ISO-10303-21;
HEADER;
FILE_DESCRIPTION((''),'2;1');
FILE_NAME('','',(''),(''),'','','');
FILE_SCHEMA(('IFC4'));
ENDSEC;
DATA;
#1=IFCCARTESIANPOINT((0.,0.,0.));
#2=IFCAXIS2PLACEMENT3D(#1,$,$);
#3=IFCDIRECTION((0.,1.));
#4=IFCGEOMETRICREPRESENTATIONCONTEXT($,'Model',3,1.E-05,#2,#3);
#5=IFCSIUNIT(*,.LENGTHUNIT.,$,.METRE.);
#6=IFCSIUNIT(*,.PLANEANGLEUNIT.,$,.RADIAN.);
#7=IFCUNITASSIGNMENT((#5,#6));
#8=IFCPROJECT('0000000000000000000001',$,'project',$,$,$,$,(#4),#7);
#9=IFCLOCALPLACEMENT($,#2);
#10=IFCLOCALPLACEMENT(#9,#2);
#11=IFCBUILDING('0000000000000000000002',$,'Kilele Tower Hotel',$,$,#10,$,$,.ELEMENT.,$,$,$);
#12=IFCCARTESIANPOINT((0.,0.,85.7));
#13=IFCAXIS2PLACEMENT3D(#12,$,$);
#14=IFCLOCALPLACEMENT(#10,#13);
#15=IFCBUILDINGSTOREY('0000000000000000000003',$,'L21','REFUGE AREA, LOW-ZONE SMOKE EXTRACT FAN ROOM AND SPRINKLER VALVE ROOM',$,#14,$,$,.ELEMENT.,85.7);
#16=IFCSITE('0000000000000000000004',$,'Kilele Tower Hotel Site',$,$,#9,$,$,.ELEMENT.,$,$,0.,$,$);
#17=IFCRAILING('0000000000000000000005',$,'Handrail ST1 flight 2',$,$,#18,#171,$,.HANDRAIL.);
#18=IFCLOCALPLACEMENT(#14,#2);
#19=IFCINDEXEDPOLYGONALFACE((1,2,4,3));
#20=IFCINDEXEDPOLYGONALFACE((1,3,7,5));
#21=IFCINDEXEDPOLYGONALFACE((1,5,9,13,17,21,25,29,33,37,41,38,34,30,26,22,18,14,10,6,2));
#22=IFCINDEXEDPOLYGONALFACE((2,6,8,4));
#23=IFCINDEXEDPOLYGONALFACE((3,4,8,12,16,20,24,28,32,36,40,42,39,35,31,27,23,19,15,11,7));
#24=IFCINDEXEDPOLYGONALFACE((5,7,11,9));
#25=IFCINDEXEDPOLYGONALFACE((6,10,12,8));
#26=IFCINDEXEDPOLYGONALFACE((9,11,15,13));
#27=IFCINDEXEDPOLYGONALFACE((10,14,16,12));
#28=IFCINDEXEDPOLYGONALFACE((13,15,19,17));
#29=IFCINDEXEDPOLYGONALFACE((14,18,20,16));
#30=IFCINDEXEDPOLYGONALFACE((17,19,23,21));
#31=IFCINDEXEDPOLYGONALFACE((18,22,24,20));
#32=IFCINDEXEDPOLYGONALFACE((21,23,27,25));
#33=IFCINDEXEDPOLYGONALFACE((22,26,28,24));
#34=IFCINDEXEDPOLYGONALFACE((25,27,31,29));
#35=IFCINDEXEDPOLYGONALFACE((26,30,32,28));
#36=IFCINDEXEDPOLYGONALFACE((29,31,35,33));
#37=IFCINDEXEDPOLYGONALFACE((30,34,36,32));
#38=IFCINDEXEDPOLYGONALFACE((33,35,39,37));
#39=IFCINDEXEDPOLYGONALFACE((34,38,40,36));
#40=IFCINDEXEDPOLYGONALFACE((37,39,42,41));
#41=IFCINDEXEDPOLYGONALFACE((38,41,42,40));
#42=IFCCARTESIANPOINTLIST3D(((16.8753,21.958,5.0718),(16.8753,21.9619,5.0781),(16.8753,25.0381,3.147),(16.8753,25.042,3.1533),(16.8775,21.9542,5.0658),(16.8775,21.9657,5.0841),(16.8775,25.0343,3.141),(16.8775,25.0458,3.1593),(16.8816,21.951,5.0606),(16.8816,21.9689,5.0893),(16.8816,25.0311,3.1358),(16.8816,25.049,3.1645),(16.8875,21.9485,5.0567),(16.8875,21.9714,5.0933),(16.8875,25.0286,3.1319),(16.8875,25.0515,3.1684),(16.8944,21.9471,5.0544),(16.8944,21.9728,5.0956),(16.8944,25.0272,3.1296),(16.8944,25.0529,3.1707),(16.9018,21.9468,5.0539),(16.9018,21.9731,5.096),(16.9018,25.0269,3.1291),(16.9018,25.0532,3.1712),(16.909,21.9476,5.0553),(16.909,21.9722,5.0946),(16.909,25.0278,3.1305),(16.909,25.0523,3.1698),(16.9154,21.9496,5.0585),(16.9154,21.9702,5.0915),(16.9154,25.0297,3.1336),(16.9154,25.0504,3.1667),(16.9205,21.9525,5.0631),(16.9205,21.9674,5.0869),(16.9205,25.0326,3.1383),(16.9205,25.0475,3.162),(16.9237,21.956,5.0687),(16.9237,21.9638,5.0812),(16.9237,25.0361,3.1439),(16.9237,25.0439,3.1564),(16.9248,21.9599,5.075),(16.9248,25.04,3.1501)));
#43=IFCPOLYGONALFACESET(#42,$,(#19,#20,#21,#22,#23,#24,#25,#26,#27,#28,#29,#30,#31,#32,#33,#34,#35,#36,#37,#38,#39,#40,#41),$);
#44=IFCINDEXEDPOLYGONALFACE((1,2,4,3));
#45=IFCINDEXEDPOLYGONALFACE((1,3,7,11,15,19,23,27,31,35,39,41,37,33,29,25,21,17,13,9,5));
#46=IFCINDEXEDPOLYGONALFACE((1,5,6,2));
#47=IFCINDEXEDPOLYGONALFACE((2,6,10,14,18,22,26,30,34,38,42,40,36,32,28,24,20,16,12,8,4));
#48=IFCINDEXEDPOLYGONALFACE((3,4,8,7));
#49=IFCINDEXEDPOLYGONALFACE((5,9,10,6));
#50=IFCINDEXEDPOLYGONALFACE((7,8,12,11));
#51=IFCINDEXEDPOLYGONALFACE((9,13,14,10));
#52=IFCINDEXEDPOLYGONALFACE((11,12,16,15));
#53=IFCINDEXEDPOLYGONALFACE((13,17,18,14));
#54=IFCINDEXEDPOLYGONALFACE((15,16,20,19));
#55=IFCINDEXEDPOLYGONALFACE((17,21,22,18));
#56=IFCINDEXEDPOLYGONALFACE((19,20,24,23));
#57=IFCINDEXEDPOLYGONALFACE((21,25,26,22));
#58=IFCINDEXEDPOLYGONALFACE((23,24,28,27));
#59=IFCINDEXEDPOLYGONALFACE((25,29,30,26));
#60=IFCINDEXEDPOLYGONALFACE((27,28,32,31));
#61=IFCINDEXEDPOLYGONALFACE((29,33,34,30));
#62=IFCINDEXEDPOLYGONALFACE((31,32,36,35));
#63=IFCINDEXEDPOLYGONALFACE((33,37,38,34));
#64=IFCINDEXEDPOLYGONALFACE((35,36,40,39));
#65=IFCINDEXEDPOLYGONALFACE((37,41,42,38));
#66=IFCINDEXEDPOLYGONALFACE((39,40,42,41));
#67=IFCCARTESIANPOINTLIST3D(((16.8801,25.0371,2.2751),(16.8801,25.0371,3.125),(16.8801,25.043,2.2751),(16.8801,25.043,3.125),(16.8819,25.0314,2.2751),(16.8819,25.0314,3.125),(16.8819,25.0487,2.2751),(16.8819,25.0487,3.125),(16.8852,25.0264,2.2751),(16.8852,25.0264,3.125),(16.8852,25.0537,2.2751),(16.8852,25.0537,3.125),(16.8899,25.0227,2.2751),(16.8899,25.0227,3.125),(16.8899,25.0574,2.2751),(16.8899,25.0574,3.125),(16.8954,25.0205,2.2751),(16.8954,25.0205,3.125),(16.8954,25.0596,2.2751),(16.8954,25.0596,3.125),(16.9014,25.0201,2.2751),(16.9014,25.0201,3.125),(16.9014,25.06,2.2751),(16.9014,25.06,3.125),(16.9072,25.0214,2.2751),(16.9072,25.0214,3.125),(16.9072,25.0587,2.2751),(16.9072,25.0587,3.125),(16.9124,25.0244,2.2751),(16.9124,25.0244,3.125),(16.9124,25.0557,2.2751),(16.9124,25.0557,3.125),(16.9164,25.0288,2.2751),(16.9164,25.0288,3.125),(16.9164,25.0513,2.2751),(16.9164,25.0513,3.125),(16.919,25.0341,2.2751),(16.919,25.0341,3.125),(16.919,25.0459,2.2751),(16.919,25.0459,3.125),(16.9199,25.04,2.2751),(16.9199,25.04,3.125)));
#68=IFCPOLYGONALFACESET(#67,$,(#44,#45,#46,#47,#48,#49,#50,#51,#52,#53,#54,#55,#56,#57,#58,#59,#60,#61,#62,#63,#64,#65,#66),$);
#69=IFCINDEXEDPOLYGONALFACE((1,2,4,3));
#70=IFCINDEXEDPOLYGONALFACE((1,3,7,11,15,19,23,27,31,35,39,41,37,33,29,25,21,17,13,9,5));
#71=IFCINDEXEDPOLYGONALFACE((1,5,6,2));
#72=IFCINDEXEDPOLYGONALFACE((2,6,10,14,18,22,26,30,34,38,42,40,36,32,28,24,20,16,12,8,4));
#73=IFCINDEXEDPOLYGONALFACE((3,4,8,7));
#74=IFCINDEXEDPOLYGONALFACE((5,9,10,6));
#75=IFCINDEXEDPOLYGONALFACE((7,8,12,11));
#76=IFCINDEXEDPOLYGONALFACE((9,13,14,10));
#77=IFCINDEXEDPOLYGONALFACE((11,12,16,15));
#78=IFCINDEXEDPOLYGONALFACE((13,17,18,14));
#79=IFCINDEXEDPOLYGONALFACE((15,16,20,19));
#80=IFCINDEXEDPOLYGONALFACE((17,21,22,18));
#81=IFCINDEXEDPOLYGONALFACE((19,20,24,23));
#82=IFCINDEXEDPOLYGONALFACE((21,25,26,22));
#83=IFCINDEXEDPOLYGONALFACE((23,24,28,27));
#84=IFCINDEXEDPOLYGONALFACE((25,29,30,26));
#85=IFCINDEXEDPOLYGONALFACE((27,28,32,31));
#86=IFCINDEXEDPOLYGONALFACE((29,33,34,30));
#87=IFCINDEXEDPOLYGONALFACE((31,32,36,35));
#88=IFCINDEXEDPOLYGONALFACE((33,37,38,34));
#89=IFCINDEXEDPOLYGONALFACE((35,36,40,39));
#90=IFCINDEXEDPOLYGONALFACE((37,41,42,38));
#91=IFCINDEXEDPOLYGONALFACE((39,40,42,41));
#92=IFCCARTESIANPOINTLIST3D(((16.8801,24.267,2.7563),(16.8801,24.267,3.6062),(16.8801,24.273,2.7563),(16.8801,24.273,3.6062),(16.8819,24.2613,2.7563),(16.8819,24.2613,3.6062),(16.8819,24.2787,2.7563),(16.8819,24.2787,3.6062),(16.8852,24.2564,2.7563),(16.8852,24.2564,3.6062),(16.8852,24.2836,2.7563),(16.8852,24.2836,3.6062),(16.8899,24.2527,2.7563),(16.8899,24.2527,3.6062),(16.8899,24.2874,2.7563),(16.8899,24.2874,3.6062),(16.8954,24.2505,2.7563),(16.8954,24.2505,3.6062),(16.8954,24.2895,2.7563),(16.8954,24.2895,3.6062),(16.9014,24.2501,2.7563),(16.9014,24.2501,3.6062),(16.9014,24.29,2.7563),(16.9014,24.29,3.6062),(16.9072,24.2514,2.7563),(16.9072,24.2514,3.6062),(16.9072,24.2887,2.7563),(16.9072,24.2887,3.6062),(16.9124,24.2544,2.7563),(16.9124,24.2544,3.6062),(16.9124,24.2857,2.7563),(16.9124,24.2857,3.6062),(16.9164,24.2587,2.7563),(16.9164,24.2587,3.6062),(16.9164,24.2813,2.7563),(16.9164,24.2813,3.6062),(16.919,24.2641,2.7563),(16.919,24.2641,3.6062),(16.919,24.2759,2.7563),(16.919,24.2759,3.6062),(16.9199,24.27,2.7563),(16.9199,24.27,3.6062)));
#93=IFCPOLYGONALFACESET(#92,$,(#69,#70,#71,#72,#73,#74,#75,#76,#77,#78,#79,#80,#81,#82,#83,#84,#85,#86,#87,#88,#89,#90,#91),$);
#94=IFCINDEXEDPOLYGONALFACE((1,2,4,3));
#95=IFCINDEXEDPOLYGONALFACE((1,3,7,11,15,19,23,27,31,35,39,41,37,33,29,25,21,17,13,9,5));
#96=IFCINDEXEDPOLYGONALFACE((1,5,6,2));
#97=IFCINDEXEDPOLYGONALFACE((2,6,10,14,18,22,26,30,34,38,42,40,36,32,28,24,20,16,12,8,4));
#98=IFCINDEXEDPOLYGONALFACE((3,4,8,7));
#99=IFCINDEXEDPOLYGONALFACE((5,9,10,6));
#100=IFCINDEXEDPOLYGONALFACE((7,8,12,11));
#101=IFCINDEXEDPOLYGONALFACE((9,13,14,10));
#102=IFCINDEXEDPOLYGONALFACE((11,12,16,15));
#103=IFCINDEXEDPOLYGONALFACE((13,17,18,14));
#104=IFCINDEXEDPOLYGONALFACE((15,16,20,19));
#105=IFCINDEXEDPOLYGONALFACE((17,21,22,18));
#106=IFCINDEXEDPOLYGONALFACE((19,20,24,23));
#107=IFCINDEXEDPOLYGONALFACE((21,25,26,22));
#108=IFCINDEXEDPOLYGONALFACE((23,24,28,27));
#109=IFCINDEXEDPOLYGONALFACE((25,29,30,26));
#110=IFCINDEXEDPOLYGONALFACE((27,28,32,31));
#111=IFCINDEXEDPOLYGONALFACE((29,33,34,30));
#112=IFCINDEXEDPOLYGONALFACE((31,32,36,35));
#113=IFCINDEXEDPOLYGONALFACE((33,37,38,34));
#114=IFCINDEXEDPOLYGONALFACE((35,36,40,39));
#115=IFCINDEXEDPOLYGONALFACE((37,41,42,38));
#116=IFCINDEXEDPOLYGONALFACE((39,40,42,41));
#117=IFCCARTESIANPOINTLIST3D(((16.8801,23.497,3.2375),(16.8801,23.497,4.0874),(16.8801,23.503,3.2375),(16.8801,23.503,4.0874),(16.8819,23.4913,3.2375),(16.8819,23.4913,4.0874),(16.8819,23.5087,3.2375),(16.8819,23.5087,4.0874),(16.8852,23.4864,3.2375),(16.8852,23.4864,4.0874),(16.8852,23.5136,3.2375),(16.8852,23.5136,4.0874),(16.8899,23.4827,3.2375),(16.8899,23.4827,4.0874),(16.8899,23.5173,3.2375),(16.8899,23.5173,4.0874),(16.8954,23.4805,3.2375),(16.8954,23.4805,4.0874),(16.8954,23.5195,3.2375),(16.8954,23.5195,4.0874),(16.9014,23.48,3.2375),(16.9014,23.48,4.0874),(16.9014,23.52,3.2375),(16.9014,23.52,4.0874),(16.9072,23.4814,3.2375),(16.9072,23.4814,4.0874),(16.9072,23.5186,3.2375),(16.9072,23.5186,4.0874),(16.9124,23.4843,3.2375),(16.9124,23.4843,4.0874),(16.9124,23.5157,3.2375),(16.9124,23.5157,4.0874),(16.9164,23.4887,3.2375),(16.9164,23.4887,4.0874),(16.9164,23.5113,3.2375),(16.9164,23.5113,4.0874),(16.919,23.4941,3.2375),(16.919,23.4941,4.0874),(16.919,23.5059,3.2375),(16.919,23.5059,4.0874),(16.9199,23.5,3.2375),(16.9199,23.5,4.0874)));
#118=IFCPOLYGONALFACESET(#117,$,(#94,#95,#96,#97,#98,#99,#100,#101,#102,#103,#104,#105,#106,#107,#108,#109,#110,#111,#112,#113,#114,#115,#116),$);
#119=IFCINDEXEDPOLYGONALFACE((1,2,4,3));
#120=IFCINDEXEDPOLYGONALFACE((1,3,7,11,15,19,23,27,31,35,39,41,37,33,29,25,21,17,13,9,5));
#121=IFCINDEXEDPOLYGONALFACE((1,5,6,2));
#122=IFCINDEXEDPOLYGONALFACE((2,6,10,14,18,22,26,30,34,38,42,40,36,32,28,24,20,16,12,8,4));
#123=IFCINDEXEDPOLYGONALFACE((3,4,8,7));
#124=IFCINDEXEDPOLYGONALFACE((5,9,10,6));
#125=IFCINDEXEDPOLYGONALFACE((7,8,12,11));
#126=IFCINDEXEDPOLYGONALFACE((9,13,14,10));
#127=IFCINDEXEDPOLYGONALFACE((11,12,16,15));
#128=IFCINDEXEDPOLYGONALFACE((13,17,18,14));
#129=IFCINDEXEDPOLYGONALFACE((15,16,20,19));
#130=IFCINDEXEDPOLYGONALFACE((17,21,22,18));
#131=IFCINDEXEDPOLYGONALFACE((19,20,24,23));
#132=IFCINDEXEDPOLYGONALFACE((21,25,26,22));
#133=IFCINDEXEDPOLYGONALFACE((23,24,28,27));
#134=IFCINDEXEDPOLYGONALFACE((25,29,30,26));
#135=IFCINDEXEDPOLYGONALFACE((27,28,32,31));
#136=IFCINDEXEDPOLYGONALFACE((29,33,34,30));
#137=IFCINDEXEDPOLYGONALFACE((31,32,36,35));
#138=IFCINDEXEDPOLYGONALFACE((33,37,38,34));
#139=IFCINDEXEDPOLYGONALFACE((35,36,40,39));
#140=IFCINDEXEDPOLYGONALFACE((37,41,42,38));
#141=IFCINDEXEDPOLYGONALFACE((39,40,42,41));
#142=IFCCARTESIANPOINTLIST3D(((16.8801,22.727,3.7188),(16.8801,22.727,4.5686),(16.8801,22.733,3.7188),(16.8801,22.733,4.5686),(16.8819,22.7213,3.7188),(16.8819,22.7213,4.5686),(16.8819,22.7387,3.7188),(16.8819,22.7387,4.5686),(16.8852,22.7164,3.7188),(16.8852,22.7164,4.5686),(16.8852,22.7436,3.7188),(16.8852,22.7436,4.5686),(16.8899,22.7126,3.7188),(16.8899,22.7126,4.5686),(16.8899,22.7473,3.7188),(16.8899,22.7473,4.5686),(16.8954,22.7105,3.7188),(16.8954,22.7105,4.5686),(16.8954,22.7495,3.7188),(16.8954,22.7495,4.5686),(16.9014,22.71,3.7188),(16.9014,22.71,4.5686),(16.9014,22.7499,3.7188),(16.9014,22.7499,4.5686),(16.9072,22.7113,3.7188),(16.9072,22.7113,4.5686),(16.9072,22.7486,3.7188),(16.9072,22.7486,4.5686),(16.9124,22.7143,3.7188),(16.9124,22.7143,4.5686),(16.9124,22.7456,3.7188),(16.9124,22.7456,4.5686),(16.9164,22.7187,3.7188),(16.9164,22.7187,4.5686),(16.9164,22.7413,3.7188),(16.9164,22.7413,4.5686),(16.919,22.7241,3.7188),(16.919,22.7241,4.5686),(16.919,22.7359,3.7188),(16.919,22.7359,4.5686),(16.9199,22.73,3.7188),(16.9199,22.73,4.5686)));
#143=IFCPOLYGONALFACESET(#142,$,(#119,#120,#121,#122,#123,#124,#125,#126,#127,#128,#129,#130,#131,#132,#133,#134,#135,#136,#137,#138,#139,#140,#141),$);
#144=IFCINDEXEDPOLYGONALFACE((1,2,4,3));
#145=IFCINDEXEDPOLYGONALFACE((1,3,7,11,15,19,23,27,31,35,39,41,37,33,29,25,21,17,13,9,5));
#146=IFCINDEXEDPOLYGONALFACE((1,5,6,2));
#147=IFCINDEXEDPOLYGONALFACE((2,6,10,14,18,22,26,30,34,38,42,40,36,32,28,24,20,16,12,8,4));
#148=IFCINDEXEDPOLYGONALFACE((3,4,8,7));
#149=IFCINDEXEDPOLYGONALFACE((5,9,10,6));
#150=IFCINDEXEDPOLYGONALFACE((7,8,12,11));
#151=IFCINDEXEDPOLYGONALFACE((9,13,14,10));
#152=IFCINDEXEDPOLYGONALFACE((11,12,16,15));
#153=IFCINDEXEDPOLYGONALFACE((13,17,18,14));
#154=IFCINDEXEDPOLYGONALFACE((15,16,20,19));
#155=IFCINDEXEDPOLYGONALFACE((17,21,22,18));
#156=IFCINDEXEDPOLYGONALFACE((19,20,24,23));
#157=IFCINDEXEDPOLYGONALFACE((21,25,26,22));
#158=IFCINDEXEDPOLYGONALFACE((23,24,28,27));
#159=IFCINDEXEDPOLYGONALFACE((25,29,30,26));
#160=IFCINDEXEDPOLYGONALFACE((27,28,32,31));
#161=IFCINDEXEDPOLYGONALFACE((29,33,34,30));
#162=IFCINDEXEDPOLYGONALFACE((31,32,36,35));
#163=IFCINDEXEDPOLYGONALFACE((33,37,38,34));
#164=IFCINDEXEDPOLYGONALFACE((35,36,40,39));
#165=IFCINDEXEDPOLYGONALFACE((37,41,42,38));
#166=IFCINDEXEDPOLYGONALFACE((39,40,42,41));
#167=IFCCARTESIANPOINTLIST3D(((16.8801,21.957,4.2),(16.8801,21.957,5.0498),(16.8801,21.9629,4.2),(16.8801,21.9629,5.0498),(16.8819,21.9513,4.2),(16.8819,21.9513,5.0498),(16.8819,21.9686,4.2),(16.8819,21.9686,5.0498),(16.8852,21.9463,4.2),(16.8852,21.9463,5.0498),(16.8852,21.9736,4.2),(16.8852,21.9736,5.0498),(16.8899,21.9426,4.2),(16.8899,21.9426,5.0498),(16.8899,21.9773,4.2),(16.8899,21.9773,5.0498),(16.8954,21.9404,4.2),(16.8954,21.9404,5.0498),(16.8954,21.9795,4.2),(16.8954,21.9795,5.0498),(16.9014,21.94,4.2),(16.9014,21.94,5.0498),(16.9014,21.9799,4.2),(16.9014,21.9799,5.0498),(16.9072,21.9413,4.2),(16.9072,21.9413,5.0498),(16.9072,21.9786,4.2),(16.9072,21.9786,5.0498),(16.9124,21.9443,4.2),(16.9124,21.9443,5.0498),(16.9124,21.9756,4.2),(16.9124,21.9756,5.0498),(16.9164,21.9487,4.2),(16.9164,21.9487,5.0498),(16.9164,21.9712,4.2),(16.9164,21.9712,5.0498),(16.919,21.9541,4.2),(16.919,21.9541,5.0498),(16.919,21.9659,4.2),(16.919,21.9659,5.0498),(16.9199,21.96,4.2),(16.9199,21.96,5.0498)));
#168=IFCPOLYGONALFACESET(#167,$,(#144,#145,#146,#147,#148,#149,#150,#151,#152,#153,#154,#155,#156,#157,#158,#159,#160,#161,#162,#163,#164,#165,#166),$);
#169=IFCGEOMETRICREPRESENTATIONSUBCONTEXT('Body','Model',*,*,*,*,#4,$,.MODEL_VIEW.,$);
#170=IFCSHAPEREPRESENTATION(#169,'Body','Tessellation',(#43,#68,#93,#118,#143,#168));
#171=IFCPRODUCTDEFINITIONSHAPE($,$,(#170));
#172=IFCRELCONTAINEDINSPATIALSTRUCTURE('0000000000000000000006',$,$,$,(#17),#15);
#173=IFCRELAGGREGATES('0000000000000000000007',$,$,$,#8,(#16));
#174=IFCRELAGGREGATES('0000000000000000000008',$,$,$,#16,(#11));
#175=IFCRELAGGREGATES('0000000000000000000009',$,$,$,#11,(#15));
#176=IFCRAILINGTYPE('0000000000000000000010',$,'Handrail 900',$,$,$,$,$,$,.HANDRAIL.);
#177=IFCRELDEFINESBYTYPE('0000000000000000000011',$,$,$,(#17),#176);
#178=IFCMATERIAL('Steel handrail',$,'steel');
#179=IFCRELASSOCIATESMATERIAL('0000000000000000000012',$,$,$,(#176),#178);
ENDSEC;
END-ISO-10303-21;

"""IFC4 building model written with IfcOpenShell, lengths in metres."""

from ifc_helpers import new_model, si_unit, direction, frame, origin, origin_2d, place, context, subcontext, project, spatial, circle, extrude, material, type_object, element, save


model = new_model("IFC4")

# Units and contexts
model_context = context("Model", 3, precision=1e-05, world=origin(), true_north=direction((0.0, 1.0)))
body_context = subcontext(model_context, "Body", "Model", "MODEL_VIEW")
ifc_project = project(units=[si_unit("LENGTHUNIT", "METRE"), si_unit("PLANEANGLEUNIT", "RADIAN")], contexts=[model_context])

# Site, building, storey
site_placement = place(None, origin())
site = spatial("IfcSite", under=ifc_project, at=site_placement, Name="Kilele Tower Hotel Site", CompositionType="ELEMENT", RefElevation=0.0)
building_placement = place(site_placement, origin())
building = spatial("IfcBuilding", under=site, at=building_placement, Name="Kilele Tower Hotel", CompositionType="ELEMENT")
storey_placement = place(building_placement, frame((0.0, 0.0, 85.7)))
storey = spatial("IfcBuildingStorey", under=building, at=storey_placement, Name="L21", Description="REFUGE AREA, LOW-ZONE SMOKE EXTRACT FAN ROOM AND SPRINKLER VALVE ROOM", CompositionType="ELEMENT", Elevation=85.7)

# Railing
ifc_material_1 = material(Name="Steel handrail", Category="steel")
railing_type_1 = type_object("IfcRailingType", Name="Handrail 900", PredefinedType="HANDRAIL", material=ifc_material_1)
for number, where, name in (
    (1, (16.8999, 25.04, 2.2751), "Handrail ST1 flight 2"),
):
    element("IfcRailing", number, at=place(storey_placement, frame(where)), inside=storey, type_object=railing_type_1, Name=name, PredefinedType="HANDRAIL", context=body_context, shape_type="SweptSolid", body=[
        extrude(circle(Radius=0.0249, at=origin_2d()), frame((0.0, 0.0, 0.875), z_axis=(0.0, -0.848029, 0.529951), x_axis=(1.0, 0.0, 0.0)), (0.0, 0.0, 1.0), 3.6321),
        extrude(circle(Radius=0.02, at=origin_2d()), origin(), (0.0, 0.0, 1.0), 0.8499),
        extrude(circle(Radius=0.02, at=origin_2d()), frame((0.0, -0.77, 0.4812)), (0.0, 0.0, 1.0), 0.8499),
        extrude(circle(Radius=0.02, at=origin_2d()), frame((0.0, -1.54, 0.9624)), (0.0, 0.0, 1.0), 0.8499),
        extrude(circle(Radius=0.02, at=origin_2d()), frame((0.0, -2.3101, 1.4436)), (0.0, 0.0, 1.0), 0.8499),
        extrude(circle(Radius=0.02, at=origin_2d()), frame((0.0, -3.0801, 1.9248)), (0.0, 0.0, 1.0), 0.8499),
    ])

save(model, "model.ifc")
